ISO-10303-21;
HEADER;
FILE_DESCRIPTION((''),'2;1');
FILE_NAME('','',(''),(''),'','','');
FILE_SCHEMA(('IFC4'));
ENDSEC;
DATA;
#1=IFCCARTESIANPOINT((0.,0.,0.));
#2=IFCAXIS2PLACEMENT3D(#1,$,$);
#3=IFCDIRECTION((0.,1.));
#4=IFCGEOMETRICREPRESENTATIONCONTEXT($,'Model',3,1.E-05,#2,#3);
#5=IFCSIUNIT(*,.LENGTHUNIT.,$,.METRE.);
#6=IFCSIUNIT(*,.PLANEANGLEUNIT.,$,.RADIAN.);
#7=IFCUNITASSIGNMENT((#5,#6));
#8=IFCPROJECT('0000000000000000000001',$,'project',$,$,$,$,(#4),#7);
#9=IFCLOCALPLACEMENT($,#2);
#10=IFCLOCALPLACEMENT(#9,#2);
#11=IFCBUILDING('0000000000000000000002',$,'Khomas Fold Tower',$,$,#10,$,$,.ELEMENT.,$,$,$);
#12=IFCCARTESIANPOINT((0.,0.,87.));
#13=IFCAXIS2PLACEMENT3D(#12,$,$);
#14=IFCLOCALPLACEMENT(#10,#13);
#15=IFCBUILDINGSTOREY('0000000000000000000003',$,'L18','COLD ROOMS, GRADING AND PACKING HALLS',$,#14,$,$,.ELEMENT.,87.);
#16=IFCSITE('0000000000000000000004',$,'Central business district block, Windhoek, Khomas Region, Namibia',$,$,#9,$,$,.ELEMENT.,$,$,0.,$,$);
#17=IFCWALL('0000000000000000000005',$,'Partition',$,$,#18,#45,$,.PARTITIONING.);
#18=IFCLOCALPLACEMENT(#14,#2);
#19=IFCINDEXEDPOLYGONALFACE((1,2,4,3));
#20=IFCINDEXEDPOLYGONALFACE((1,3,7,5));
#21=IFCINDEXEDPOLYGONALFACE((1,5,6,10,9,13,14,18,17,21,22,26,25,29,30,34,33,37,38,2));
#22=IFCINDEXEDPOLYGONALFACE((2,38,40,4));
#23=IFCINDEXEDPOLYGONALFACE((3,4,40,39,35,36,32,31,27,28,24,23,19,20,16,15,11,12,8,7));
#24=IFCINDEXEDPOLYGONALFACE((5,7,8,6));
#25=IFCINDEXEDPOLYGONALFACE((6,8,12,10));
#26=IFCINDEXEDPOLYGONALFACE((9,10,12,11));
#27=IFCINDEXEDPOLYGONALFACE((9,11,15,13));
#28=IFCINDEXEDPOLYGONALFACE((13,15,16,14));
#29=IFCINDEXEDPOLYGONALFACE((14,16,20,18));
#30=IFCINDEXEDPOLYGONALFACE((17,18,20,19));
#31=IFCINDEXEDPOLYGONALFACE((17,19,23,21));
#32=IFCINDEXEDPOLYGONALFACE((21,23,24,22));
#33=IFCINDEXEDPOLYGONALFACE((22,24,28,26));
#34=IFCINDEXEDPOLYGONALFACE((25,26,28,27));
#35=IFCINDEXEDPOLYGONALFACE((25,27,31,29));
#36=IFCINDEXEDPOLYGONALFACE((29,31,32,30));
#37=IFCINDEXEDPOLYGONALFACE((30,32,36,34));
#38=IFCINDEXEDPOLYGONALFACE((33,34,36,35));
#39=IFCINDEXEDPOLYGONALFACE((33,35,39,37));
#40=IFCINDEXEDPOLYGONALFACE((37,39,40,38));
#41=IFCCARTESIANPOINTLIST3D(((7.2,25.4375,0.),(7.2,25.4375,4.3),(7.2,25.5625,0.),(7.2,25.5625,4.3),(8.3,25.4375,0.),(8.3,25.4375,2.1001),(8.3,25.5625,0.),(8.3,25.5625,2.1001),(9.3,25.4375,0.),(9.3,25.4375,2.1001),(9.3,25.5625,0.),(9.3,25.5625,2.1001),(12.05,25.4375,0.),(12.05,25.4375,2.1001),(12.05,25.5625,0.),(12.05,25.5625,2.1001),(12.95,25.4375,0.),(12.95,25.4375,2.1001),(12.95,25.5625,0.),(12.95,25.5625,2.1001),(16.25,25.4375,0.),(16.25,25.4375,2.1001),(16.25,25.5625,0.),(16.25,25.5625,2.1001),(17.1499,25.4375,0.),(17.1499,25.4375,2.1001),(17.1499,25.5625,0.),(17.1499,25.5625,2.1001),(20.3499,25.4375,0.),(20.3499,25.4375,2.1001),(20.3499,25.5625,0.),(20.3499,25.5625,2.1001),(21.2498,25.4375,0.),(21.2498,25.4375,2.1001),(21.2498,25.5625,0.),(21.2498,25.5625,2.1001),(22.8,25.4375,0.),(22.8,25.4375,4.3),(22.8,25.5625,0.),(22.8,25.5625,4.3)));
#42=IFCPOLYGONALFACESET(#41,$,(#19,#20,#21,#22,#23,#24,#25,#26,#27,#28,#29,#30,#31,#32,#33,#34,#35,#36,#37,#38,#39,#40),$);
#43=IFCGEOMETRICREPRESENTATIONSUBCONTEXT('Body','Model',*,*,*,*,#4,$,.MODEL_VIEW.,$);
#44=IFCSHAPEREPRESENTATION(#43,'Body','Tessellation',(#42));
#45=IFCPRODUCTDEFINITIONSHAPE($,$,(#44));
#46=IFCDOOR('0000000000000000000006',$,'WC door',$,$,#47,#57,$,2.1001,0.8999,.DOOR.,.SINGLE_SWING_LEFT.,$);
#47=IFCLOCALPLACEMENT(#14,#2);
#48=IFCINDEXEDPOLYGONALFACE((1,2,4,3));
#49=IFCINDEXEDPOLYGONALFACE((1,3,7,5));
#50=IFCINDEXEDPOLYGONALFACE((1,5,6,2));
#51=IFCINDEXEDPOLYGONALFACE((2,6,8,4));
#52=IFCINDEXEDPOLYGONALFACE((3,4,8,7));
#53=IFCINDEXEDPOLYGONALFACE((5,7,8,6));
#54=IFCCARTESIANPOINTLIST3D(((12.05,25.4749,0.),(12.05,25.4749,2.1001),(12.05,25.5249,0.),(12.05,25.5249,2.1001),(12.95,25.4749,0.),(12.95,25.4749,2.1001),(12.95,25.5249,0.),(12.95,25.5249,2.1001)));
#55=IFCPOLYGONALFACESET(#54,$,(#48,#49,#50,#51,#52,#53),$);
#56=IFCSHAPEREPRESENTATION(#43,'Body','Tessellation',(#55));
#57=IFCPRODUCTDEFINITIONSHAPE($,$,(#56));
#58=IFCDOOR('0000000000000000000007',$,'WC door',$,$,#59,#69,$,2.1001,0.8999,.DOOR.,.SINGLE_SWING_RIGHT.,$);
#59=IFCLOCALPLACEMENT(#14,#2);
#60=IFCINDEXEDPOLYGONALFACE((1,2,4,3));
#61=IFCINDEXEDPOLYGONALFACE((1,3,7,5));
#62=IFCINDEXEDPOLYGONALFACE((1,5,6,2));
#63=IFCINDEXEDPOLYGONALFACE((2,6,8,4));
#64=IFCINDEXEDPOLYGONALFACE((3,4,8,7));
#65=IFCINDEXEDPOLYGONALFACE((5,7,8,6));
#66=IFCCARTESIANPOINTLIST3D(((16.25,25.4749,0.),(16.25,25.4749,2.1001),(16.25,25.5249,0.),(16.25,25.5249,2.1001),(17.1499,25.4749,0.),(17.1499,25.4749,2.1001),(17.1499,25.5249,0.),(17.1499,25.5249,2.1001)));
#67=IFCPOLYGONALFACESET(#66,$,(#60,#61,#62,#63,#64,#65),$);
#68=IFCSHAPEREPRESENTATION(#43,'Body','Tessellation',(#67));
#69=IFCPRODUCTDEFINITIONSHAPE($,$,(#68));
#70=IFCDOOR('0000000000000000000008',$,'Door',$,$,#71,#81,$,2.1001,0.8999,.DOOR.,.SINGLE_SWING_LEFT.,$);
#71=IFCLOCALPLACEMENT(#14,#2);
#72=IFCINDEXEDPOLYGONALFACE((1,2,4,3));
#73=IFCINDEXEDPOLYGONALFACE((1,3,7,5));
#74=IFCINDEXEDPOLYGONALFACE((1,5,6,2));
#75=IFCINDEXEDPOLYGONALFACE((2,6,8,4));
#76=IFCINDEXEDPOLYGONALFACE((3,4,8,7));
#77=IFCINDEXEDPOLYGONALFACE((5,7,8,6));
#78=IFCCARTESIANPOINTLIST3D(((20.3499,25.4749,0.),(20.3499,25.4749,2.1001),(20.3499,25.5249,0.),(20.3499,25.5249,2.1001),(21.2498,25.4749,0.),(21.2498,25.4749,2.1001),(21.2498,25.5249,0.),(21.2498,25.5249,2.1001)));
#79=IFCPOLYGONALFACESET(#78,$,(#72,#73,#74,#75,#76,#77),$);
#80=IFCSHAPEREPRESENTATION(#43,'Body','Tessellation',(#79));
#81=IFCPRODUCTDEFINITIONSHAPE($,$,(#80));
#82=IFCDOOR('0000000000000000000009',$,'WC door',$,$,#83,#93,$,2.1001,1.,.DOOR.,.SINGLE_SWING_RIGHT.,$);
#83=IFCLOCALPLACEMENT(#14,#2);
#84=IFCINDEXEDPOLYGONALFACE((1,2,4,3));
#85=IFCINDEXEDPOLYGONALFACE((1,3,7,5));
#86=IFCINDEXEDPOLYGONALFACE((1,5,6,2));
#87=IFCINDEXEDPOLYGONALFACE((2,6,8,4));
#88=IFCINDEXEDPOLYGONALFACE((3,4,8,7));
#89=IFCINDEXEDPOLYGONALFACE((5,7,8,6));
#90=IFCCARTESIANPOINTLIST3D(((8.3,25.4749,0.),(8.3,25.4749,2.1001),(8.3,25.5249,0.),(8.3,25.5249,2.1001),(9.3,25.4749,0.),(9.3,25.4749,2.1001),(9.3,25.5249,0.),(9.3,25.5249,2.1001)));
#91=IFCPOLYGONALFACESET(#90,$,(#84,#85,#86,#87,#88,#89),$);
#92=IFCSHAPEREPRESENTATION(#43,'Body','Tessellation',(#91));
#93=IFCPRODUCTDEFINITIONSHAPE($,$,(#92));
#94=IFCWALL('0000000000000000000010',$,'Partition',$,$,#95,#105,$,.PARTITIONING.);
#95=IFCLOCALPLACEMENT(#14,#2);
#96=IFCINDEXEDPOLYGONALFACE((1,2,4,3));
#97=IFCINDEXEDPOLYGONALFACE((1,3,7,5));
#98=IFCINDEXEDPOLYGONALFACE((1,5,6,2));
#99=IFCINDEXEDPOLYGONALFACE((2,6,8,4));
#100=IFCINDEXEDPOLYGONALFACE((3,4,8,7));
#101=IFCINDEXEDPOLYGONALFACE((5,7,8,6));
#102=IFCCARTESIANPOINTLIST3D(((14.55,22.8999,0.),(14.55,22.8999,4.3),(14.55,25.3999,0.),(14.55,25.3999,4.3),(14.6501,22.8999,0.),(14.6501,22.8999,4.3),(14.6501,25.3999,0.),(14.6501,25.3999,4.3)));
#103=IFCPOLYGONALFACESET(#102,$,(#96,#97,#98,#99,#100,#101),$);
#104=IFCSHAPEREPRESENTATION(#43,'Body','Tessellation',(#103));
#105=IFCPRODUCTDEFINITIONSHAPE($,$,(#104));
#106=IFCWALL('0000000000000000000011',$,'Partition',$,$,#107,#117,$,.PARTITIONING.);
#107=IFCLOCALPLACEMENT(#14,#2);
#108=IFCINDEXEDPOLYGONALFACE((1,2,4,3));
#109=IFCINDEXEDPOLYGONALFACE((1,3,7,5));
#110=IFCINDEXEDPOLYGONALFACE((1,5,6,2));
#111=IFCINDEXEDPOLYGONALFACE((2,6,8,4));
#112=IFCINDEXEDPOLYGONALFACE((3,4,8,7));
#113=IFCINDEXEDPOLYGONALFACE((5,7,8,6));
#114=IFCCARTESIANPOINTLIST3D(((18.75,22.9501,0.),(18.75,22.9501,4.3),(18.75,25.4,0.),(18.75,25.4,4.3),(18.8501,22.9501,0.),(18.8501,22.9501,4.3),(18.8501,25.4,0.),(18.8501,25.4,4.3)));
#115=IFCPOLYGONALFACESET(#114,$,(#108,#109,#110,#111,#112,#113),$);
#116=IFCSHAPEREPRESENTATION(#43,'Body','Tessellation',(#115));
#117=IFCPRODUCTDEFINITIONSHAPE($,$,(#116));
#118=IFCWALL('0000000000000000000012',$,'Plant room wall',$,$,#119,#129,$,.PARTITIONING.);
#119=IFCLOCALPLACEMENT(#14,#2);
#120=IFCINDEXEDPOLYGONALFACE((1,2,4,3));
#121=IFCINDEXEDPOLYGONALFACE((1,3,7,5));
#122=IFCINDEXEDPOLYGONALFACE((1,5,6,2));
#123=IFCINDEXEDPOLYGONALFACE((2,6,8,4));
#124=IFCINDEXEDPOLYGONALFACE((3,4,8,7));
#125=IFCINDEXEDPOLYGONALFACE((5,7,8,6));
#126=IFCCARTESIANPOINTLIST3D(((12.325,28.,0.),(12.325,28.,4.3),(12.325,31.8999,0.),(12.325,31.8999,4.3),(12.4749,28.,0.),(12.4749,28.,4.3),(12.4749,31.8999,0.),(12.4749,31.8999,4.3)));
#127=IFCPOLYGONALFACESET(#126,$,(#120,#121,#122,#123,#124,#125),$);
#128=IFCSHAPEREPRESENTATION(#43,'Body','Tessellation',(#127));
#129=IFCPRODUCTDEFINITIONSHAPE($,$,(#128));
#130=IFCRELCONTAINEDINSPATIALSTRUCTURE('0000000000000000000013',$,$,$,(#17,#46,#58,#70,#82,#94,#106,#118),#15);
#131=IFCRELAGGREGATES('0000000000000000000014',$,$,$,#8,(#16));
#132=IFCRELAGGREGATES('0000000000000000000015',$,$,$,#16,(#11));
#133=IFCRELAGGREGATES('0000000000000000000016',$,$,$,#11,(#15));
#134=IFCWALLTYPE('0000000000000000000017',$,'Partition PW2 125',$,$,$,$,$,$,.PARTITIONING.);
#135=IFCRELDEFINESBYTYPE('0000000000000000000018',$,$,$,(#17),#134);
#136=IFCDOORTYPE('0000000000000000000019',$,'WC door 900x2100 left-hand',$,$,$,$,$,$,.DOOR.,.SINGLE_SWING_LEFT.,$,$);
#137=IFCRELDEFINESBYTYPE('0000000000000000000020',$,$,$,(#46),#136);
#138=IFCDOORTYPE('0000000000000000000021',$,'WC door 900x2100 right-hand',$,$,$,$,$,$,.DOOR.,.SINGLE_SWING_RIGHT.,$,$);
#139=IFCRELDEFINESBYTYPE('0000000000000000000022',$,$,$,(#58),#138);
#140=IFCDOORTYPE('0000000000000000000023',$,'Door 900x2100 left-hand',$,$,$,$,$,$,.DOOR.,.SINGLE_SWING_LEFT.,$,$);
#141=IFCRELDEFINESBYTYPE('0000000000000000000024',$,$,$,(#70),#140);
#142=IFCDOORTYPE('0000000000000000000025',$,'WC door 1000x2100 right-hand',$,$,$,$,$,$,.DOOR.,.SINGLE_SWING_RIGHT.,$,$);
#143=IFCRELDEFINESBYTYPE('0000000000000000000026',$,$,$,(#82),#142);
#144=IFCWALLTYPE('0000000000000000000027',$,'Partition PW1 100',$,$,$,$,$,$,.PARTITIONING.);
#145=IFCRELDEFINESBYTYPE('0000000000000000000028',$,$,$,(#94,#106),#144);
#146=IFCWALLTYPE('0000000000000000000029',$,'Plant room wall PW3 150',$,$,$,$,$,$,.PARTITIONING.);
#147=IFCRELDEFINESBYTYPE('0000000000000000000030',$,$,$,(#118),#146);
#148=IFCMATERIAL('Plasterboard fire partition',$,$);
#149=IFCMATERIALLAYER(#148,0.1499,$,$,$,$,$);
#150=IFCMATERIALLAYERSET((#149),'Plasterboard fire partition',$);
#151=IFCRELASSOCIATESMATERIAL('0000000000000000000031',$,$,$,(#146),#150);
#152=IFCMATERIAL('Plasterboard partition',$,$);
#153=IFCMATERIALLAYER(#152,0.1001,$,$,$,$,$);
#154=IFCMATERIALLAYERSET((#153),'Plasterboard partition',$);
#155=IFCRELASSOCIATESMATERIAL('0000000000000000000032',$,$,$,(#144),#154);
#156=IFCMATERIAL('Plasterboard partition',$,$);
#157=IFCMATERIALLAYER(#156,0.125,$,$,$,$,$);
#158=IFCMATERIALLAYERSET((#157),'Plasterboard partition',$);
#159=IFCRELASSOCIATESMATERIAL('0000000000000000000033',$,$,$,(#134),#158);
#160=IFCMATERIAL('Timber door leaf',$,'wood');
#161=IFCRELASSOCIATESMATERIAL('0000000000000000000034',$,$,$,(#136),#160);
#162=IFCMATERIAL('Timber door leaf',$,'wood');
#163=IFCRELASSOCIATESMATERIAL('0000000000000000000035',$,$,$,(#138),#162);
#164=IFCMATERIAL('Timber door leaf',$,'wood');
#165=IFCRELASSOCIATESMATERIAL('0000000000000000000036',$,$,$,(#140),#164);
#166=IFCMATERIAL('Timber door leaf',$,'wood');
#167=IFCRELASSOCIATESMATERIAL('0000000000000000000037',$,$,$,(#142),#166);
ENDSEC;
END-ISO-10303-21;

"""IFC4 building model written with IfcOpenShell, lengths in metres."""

from ifc_helpers import new_model, si_unit, direction, frame, frame_2d, origin, place, context, subcontext, project, spatial, rectangle, extrude, source, transform, mapped, material, layer, layer_set, type_object, element, fill, save


model = new_model("IFC4")

# Units and contexts
model_context = context("Model", 3, precision=1e-05, world=origin(), true_north=direction((0.0, 1.0)))
body_context = subcontext(model_context, "Body", "Model", "MODEL_VIEW")
ifc_project = project(units=[si_unit("LENGTHUNIT", "METRE"), si_unit("PLANEANGLEUNIT", "RADIAN")], contexts=[model_context])

# Site, building, storey
site_placement = place(None, origin())
site = spatial("IfcSite", under=ifc_project, at=site_placement, Name="Central business district block, Windhoek, Khomas Region, Namibia", CompositionType="ELEMENT", RefElevation=0.0)
building_placement = place(site_placement, origin())
building = spatial("IfcBuilding", under=site, at=building_placement, Name="Khomas Fold Tower", CompositionType="ELEMENT")
storey_placement = place(building_placement, frame((0.0, 0.0, 87.0)))
storey = spatial("IfcBuildingStorey", under=building, at=storey_placement, Name="L18", Description="COLD ROOMS, GRADING AND PACKING HALLS", CompositionType="ELEMENT", Elevation=87.0)

# Shared definitions
ifc_material_1 = material(Name="Plasterboard fire partition")
ifc_layer_1 = layer(ifc_material_1, 0.1499)
ifc_layer_set_1 = layer_set([ifc_layer_1], Name="Plasterboard fire partition")
wall_type_1 = type_object("IfcWallType", Name="Plant room wall PW3 150", PredefinedType="PARTITIONING", material=ifc_layer_set_1)
shared_shape_1 = source(origin(), body_context, "Body", "SweptSolid", [
    extrude(rectangle(XDim=0.8999, YDim=2.1001, at=frame_2d((0.45, 1.05))), frame((0.0, 0.0249, 0.0), z_axis=(0.0, -1.0, 0.0), x_axis=(1.0, 0.0, 0.0)), (0.0, 0.0, 1.0), 0.05),
])

# Shared definitions
ifc_material_2 = material(Name="Plasterboard partition")
ifc_layer_2 = layer(ifc_material_2, 0.1001)
ifc_layer_set_2 = layer_set([ifc_layer_2], Name="Plasterboard partition")
wall_type_2 = type_object("IfcWallType", Name="Partition PW1 100", PredefinedType="PARTITIONING", material=ifc_layer_set_2)

# Wall, openings, doors
ifc_material_3 = material(Name="Plasterboard partition")
ifc_layer_3 = layer(ifc_material_3, 0.125)
ifc_layer_set_3 = layer_set([ifc_layer_3], Name="Plasterboard partition")
wall_type_3 = type_object("IfcWallType", Name="Partition PW2 125", PredefinedType="PARTITIONING", material=ifc_layer_set_3)
shared_shape_2 = source(origin(), body_context, "Body", "SweptSolid", [
    extrude(rectangle(XDim=15.6001, YDim=0.125, at=frame_2d((7.8, 0.0))), origin(), (0.0, 0.0, 1.0), 4.3),
])
wall_1_placement = place(storey_placement, frame((7.2, 25.5, 0.0), z_axis=(0.0, 0.0, 1.0), x_axis=(1.0, 0.0, 0.0)))
wall_1 = element("IfcWall", 1, at=wall_1_placement, inside=storey, type_object=wall_type_3, Name="Partition", PredefinedType="PARTITIONING", context=body_context, shape_type="MappedRepresentation", body=[
    mapped(shared_shape_2, transform((0.0, 0.0, 0.0))),
])
shared_shape_3 = source(origin(), body_context, "Body", "SweptSolid", [
    extrude(rectangle(XDim=1.0, YDim=2.1001, at=frame_2d((0.5, 1.05))), frame((0.0, 0.0725, 0.0), z_axis=(0.0, -1.0, 0.0), x_axis=(1.0, 0.0, 0.0)), (0.0, 0.0, 1.0), 0.145),
])
opening_1_placement = place(wall_1_placement, frame((1.1001, 0.0, 0.0)))
opening_1 = element("IfcOpeningElement", 2, at=opening_1_placement, cuts=wall_1, PredefinedType="OPENING", context=body_context, shape_type="MappedRepresentation", body=[
    mapped(shared_shape_3, transform((0.0, 0.0, 0.0))),
])
shared_shape_4 = source(origin(), body_context, "Body", "SweptSolid", [
    extrude(rectangle(XDim=0.8999, YDim=2.1001, at=frame_2d((0.45, 1.05))), frame((0.0, 0.0725, 0.0), z_axis=(0.0, -1.0, 0.0), x_axis=(1.0, 0.0, 0.0)), (0.0, 0.0, 1.0), 0.145),
])
opening_2_placement = place(wall_1_placement, frame((4.8501, 0.0, 0.0)))
opening_2 = element("IfcOpeningElement", 3, at=opening_2_placement, cuts=wall_1, PredefinedType="OPENING", context=body_context, shape_type="MappedRepresentation", body=[
    mapped(shared_shape_4, transform((0.0, 0.0, 0.0))),
])
opening_3_placement = place(wall_1_placement, frame((9.05, 0.0, 0.0)))
opening_3 = element("IfcOpeningElement", 4, at=opening_3_placement, cuts=wall_1, PredefinedType="OPENING", context=body_context, shape_type="MappedRepresentation", body=[
    mapped(shared_shape_4, transform((0.0, 0.0, 0.0))),
])
opening_4_placement = place(wall_1_placement, frame((13.1499, 0.0, 0.0)))
opening_4 = element("IfcOpeningElement", 5, at=opening_4_placement, cuts=wall_1, PredefinedType="OPENING", context=body_context, shape_type="MappedRepresentation", body=[
    mapped(shared_shape_4, transform((0.0, 0.0, 0.0))),
])
ifc_material_4 = material(Name="Timber door leaf", Category="wood")
door_type_1 = type_object("IfcDoorType", Name="WC door 900x2100 left-hand", OperationType="SINGLE_SWING_LEFT", PredefinedType="DOOR", material=ifc_material_4)
door_1_placement = place(opening_2_placement, origin())
door_1 = element("IfcDoor", 6, at=door_1_placement, inside=storey, type_object=door_type_1, Name="WC door", OperationType="SINGLE_SWING_LEFT", OverallHeight=2.1001, OverallWidth=0.8999, PredefinedType="DOOR", context=body_context, shape_type="MappedRepresentation", body=[
    mapped(shared_shape_1, transform((0.0, 0.0, 0.0))),
])
fill(opening_2, door_1)
ifc_material_5 = material(Name="Timber door leaf", Category="wood")
door_type_2 = type_object("IfcDoorType", Name="WC door 900x2100 right-hand", OperationType="SINGLE_SWING_RIGHT", PredefinedType="DOOR", material=ifc_material_5)
door_2_placement = place(opening_3_placement, origin())
door_2 = element("IfcDoor", 7, at=door_2_placement, inside=storey, type_object=door_type_2, Name="WC door", OperationType="SINGLE_SWING_RIGHT", OverallHeight=2.1001, OverallWidth=0.8999, PredefinedType="DOOR", context=body_context, shape_type="MappedRepresentation", body=[
    mapped(shared_shape_1, transform((0.0, 0.0, 0.0))),
])
fill(opening_3, door_2)
ifc_material_6 = material(Name="Timber door leaf", Category="wood")
door_type_3 = type_object("IfcDoorType", Name="Door 900x2100 left-hand", OperationType="SINGLE_SWING_LEFT", PredefinedType="DOOR", material=ifc_material_6)
door_3_placement = place(opening_4_placement, origin())
door_3 = element("IfcDoor", 8, at=door_3_placement, inside=storey, type_object=door_type_3, Name="Door", OperationType="SINGLE_SWING_LEFT", OverallHeight=2.1001, OverallWidth=0.8999, PredefinedType="DOOR", context=body_context, shape_type="MappedRepresentation", body=[
    mapped(shared_shape_1, transform((0.0, 0.0, 0.0))),
])
fill(opening_4, door_3)
ifc_material_7 = material(Name="Timber door leaf", Category="wood")
door_type_4 = type_object("IfcDoorType", Name="WC door 1000x2100 right-hand", OperationType="SINGLE_SWING_RIGHT", PredefinedType="DOOR", material=ifc_material_7)
shared_shape_5 = source(origin(), body_context, "Body", "SweptSolid", [
    extrude(rectangle(XDim=1.0, YDim=2.1001, at=frame_2d((0.5, 1.05))), frame((0.0, 0.0249, 0.0), z_axis=(0.0, -1.0, 0.0), x_axis=(1.0, 0.0, 0.0)), (0.0, 0.0, 1.0), 0.05),
])
door_4_placement = place(opening_1_placement, origin())
door_4 = element("IfcDoor", 9, at=door_4_placement, inside=storey, type_object=door_type_4, Name="WC door", OperationType="SINGLE_SWING_RIGHT", OverallHeight=2.1001, OverallWidth=1.0, PredefinedType="DOOR", context=body_context, shape_type="MappedRepresentation", body=[
    mapped(shared_shape_5, transform((0.0, 0.0, 0.0))),
])
fill(opening_1, door_4)

# Walls
shared_shape_6 = source(origin(), body_context, "Body", "SweptSolid", [
    extrude(rectangle(XDim=2.5, YDim=0.1001, at=frame_2d((1.25, 0.0))), origin(), (0.0, 0.0, 1.0), 4.3),
])
wall_2_placement = place(storey_placement, frame((14.6001, 22.8999, 0.0), z_axis=(0.0, 0.0, 1.0), x_axis=(0.0, 1.0, 0.0)))
element("IfcWall", 10, at=wall_2_placement, inside=storey, type_object=wall_type_2, Name="Partition", PredefinedType="PARTITIONING", context=body_context, shape_type="MappedRepresentation", body=[
    mapped(shared_shape_6, transform((0.0, 0.0, 0.0))),
])
shared_shape_7 = source(origin(), body_context, "Body", "SweptSolid", [
    extrude(rectangle(XDim=2.45, YDim=0.1001, at=frame_2d((1.2251, 0.0))), origin(), (0.0, 0.0, 1.0), 4.3),
])
wall_3_placement = place(storey_placement, frame((18.8, 22.95, 0.0), z_axis=(0.0, 0.0, 1.0), x_axis=(0.0, 1.0, 0.0)))
element("IfcWall", 11, at=wall_3_placement, inside=storey, type_object=wall_type_2, Name="Partition", PredefinedType="PARTITIONING", context=body_context, shape_type="MappedRepresentation", body=[
    mapped(shared_shape_7, transform((0.0, 0.0, 0.0))),
])
shared_shape_8 = source(origin(), body_context, "Body", "SweptSolid", [
    extrude(rectangle(XDim=3.8999, YDim=0.1499, at=frame_2d((1.95, 0.0))), origin(), (0.0, 0.0, 1.0), 4.3),
])
wall_4_placement = place(storey_placement, frame((12.3999, 28.0, 0.0), z_axis=(0.0, 0.0, 1.0), x_axis=(0.0, 1.0, 0.0)))
element("IfcWall", 12, at=wall_4_placement, inside=storey, type_object=wall_type_1, Name="Plant room wall", PredefinedType="PARTITIONING", context=body_context, shape_type="MappedRepresentation", body=[
    mapped(shared_shape_8, transform((0.0, 0.0, 0.0))),
])

save(model, "model.ifc")
